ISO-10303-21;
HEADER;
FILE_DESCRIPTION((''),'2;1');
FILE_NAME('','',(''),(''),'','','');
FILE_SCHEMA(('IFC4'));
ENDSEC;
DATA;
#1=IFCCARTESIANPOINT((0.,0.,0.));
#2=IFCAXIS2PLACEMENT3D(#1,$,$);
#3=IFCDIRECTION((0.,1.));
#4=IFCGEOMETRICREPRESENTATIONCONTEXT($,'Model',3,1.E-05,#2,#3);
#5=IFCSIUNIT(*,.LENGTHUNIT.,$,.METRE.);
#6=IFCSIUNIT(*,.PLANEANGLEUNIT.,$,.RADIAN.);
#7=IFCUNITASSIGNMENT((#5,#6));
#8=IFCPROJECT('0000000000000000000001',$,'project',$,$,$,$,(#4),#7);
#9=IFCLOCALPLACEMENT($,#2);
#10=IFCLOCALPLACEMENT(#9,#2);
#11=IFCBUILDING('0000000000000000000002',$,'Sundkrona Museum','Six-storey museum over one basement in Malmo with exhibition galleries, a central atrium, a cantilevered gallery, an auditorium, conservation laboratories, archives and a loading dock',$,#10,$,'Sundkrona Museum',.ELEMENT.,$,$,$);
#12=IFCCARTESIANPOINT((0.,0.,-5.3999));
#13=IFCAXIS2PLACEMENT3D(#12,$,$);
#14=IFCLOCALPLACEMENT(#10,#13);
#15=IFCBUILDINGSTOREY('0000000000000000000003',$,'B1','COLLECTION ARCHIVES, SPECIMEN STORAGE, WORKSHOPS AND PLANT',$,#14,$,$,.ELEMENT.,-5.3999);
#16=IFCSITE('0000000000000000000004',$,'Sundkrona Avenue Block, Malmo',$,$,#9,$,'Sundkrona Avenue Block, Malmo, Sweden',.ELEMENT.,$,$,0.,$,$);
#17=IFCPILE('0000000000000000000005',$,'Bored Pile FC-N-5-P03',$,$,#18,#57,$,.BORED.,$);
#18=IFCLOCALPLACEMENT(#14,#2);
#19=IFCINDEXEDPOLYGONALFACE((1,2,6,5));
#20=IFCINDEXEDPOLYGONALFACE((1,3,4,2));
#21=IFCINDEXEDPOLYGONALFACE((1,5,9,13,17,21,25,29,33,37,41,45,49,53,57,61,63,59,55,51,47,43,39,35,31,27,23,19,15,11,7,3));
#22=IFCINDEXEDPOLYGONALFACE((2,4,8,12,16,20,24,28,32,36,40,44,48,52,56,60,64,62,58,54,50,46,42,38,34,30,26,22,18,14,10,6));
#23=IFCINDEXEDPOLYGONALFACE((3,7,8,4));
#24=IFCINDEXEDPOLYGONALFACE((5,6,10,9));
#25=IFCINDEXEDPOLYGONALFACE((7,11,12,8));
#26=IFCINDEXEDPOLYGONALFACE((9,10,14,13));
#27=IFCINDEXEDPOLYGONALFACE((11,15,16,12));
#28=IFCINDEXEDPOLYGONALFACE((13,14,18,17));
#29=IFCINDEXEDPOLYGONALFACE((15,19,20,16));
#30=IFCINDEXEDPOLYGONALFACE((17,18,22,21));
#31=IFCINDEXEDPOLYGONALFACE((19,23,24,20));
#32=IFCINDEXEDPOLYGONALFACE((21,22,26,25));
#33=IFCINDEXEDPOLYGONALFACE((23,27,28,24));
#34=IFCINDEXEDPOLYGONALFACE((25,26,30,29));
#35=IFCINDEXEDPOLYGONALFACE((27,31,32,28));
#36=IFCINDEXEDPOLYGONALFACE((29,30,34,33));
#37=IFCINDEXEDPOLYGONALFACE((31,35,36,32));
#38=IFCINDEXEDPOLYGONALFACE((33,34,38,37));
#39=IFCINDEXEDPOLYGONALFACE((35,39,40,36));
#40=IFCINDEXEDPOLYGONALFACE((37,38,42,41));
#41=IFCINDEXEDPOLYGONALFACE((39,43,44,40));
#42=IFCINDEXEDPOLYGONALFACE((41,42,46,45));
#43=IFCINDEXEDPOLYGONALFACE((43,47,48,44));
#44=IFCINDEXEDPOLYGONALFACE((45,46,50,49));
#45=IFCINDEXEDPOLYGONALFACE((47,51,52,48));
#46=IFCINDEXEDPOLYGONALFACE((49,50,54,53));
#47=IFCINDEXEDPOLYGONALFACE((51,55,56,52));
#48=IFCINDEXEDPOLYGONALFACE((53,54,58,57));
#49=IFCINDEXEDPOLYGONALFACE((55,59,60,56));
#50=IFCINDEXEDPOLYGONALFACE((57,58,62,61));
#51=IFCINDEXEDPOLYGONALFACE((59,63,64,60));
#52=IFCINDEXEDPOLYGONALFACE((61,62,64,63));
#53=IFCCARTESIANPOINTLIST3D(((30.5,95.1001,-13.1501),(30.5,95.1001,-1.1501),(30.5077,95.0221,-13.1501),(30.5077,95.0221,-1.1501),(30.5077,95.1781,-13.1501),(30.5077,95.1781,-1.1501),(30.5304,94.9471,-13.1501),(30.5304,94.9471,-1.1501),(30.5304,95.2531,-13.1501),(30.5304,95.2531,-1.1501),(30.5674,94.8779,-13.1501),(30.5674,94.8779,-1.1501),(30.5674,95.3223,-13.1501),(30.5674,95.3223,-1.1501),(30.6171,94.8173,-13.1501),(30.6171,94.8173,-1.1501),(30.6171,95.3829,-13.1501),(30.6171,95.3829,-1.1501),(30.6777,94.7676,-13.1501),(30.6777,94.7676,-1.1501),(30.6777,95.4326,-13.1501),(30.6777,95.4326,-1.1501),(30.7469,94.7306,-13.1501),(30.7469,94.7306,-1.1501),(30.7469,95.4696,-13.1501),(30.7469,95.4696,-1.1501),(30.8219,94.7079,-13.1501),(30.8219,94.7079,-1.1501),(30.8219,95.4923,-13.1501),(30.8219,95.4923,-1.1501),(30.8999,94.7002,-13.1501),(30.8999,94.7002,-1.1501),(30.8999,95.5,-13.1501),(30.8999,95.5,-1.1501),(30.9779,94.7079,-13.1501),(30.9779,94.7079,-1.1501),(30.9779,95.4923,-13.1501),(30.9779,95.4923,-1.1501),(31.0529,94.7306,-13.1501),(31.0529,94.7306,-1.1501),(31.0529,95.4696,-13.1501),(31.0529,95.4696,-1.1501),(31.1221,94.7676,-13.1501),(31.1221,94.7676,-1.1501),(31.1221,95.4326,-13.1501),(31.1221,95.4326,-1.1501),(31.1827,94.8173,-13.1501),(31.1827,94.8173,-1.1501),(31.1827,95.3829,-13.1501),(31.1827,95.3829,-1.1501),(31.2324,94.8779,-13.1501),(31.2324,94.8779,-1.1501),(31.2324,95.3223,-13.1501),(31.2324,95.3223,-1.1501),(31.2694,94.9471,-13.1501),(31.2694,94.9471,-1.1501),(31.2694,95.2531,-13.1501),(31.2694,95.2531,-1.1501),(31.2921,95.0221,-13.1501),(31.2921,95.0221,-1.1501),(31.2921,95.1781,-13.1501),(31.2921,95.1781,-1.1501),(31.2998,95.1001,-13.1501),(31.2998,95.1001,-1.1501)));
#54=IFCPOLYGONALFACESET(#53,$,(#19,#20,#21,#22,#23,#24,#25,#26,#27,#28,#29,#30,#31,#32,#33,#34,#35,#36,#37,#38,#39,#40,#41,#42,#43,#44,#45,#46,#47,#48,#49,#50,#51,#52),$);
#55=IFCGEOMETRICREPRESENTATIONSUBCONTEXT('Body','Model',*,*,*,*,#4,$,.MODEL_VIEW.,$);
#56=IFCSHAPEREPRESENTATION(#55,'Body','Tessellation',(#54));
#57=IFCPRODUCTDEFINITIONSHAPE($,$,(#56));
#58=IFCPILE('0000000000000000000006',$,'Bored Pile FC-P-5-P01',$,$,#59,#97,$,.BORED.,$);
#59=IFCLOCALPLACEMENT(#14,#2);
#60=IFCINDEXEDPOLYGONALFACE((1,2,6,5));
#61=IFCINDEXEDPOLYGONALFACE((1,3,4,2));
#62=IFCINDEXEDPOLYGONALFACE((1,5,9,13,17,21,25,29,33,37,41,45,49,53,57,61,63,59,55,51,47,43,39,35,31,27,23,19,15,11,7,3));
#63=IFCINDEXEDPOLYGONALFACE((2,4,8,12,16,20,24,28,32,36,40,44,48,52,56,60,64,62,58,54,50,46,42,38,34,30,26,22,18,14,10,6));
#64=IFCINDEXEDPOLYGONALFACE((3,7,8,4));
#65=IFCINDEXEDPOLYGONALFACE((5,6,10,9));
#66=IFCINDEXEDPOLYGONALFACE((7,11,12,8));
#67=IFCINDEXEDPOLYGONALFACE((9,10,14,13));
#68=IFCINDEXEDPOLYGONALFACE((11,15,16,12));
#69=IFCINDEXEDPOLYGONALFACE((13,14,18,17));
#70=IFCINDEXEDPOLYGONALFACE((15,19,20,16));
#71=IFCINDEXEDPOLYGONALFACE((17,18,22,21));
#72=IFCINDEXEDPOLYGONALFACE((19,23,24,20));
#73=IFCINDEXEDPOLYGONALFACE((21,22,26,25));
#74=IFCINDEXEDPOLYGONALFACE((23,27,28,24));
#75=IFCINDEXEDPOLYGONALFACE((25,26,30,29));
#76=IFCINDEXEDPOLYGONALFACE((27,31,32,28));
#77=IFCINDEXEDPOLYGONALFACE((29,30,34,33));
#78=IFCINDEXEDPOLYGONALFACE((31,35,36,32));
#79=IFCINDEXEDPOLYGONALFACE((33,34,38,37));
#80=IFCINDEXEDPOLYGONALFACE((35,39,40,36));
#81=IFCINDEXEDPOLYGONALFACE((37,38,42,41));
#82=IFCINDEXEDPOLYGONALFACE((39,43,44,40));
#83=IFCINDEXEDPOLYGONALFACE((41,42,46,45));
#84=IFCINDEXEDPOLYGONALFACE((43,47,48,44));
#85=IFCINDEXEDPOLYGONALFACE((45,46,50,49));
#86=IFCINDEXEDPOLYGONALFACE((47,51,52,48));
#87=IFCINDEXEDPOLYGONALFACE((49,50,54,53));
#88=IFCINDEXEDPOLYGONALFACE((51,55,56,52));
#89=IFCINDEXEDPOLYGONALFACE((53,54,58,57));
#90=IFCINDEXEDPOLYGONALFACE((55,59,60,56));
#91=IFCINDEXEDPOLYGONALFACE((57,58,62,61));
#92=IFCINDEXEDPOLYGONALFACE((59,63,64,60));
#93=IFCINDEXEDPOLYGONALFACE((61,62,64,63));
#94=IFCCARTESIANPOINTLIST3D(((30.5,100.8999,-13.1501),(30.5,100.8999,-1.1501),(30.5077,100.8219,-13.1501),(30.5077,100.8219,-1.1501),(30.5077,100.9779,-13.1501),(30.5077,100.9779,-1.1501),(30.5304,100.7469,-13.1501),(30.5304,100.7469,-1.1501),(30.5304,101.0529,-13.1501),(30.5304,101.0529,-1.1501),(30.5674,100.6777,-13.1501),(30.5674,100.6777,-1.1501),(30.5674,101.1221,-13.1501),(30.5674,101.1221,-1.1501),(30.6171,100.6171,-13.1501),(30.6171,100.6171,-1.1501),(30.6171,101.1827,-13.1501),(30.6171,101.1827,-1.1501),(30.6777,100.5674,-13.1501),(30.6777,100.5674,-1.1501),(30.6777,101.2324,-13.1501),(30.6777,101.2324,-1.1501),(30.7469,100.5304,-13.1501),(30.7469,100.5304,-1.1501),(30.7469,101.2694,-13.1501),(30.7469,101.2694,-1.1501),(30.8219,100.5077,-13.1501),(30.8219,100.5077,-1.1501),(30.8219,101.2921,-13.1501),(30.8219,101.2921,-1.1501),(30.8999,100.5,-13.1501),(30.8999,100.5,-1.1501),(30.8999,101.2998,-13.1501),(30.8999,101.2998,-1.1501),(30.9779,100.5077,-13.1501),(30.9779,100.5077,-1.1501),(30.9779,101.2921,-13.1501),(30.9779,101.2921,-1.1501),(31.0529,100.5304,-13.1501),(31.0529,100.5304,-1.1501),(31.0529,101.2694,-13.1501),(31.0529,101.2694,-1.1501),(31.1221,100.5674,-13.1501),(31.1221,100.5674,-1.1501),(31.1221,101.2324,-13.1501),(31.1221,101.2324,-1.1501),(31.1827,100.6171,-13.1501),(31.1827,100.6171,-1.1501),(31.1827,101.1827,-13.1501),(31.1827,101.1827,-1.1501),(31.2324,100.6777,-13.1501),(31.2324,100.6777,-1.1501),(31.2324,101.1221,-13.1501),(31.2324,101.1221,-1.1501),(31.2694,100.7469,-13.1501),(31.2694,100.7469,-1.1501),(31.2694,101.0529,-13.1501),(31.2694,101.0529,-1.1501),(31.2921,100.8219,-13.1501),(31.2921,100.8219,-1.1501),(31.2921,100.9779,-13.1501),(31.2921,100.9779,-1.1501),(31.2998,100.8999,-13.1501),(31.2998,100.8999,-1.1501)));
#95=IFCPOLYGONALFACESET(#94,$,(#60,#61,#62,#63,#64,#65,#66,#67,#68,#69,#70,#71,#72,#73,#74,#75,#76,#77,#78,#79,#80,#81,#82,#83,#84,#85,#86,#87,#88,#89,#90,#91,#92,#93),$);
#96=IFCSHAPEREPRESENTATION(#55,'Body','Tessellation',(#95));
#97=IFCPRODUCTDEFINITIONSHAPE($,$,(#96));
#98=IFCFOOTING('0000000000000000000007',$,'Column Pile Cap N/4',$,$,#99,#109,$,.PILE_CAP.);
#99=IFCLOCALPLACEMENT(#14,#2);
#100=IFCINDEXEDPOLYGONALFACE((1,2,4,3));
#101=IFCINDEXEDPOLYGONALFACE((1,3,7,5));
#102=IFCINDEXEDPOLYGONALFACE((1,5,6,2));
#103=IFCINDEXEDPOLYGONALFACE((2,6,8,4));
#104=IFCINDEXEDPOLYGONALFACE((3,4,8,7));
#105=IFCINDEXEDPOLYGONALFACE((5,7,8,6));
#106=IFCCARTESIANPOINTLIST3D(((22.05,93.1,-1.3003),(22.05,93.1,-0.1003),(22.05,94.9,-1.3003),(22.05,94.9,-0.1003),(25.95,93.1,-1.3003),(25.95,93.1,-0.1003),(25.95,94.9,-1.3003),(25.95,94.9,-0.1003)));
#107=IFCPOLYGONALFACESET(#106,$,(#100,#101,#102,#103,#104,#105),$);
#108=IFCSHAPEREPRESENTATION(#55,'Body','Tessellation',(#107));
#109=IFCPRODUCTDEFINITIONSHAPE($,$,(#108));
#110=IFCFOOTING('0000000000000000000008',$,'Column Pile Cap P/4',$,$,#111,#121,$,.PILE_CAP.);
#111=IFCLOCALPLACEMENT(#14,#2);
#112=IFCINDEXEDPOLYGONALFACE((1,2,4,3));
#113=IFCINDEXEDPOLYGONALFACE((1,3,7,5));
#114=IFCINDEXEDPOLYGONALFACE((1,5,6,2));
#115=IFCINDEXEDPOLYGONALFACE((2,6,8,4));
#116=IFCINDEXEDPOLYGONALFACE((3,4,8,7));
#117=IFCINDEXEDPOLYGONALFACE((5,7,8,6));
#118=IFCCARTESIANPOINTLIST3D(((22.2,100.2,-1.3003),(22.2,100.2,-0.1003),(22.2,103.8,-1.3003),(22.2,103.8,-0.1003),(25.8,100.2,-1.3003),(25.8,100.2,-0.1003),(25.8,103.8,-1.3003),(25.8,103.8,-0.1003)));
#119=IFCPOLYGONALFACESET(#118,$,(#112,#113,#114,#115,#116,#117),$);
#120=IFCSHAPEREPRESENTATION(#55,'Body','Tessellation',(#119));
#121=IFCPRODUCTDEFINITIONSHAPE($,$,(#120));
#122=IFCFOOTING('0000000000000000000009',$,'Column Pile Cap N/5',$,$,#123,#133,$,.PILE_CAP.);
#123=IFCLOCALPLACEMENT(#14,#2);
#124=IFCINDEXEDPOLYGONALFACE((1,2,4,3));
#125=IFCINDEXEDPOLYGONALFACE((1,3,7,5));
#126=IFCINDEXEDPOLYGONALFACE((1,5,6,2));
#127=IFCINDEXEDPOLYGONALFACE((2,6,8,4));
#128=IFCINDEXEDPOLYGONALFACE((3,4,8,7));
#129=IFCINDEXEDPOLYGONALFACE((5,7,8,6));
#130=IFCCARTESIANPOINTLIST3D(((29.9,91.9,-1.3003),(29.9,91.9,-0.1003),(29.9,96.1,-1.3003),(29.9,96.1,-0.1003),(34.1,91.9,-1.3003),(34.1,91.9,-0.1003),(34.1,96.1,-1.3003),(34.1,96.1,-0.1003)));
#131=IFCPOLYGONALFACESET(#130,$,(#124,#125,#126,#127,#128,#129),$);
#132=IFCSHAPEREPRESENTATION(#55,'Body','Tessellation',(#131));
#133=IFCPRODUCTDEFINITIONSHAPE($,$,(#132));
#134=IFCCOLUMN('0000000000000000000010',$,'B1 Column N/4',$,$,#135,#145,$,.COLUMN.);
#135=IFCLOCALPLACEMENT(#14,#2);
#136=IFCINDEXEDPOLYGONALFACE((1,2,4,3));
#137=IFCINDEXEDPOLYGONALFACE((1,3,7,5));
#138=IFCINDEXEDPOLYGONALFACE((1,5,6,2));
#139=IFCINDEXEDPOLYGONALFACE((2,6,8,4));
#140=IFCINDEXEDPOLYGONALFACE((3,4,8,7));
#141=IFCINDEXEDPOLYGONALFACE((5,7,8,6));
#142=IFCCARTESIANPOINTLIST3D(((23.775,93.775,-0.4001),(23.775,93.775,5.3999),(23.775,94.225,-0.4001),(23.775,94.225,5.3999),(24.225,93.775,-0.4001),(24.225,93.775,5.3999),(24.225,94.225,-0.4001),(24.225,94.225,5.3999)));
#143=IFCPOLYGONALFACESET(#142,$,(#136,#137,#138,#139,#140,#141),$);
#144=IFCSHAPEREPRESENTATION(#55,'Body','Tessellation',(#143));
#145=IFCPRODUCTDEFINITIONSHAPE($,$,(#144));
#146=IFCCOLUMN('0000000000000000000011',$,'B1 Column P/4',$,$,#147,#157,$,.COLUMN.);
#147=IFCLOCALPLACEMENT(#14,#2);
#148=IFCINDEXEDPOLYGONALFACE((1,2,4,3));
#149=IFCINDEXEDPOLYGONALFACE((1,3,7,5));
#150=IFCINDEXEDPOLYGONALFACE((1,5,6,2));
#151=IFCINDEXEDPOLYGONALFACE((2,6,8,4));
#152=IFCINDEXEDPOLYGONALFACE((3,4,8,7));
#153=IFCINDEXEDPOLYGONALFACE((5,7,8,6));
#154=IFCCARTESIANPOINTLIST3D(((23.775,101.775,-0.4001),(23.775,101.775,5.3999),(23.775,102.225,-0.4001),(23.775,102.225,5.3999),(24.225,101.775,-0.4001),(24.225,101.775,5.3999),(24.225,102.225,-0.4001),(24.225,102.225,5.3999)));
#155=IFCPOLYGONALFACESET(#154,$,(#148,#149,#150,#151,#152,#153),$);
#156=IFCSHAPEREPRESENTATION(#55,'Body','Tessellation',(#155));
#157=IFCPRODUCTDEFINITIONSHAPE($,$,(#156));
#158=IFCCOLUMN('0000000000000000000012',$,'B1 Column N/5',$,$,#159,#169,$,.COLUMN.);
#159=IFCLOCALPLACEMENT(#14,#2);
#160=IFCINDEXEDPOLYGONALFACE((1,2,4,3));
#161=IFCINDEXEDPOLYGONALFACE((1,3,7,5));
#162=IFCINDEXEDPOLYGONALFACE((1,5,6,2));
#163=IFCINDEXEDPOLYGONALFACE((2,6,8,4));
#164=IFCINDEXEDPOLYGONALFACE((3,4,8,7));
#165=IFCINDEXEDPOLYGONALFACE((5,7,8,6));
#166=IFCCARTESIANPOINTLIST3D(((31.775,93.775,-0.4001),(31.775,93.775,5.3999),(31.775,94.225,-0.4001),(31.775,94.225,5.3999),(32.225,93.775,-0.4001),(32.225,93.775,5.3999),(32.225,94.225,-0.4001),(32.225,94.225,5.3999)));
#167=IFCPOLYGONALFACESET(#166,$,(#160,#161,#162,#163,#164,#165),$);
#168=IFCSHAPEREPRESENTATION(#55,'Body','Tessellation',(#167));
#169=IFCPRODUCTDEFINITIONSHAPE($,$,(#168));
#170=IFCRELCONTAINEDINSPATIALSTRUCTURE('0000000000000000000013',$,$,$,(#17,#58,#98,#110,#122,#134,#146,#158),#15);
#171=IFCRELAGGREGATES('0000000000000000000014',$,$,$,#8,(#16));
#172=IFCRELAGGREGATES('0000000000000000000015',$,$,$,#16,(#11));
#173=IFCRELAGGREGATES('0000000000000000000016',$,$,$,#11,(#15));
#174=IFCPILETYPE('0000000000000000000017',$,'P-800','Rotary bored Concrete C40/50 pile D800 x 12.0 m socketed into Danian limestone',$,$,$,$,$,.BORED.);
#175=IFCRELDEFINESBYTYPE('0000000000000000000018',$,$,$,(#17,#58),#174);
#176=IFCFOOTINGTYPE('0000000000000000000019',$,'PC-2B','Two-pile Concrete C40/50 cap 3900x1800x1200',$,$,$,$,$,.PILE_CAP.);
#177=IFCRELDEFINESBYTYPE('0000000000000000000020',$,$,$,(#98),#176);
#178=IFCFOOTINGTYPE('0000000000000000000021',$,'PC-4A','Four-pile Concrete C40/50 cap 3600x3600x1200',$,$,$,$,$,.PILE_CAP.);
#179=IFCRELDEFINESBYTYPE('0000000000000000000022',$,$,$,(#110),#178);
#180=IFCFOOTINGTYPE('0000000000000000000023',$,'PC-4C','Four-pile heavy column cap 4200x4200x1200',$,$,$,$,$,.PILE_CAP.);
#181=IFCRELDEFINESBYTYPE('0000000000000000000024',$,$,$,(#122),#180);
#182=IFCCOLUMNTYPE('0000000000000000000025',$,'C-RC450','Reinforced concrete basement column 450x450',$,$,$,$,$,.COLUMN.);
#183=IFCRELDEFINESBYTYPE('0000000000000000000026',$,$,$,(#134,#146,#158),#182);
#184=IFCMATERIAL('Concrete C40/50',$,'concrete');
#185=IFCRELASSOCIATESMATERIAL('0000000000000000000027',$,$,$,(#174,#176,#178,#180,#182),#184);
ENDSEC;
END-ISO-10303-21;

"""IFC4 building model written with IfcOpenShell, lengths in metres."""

from ifc_helpers import new_model, si_unit, direction, frame, origin, origin_2d, place, context, subcontext, project, spatial, rectangle, circle, extrude, material, material_profile, profile_set, type_object, element, save


model = new_model("IFC4")

# Units and contexts
model_context = context("Model", 3, precision=1e-05, world=origin(), true_north=direction((0.0, 1.0)))
body_context = subcontext(model_context, "Body", "Model", "MODEL_VIEW")
ifc_project = project(units=[si_unit("LENGTHUNIT", "METRE"), si_unit("PLANEANGLEUNIT", "RADIAN")], contexts=[model_context])

# Site, building, storey
site_placement = place(None, origin())
site = spatial("IfcSite", under=ifc_project, at=site_placement, Name="Sundkrona Avenue Block, Malmo", LongName="Sundkrona Avenue Block, Malmo, Sweden", CompositionType="ELEMENT", RefElevation=0.0)
building_placement = place(site_placement, origin())
building = spatial("IfcBuilding", under=site, at=building_placement, Name="Sundkrona Museum", Description="Six-storey museum over one basement in Malmo with exhibition galleries, a central atrium, a cantilevered gallery, an auditorium, conservation laboratories, archives and a loading dock", LongName="Sundkrona Museum", CompositionType="ELEMENT")
storey_placement = place(building_placement, frame((0.0, 0.0, -5.3999)))
storey = spatial("IfcBuildingStorey", under=building, at=storey_placement, Name="B1", Description="COLLECTION ARCHIVES, SPECIMEN STORAGE, WORKSHOPS AND PLANT", CompositionType="ELEMENT", Elevation=-5.3999)

# Shared definitions
ifc_material_1 = material(Name="Concrete C40/50", Category="concrete")

# Piles
ifc_material_profile_1 = material_profile(ifc_material_1, circle(Radius=0.3999, at=origin_2d()), Name="PILE D800")
ifc_profile_set_1 = profile_set([ifc_material_profile_1], Name="Concrete C40/50")
pile_type = type_object("IfcPileType", Name="P-800", Description="Rotary bored Concrete C40/50 pile D800 x 12.0 m socketed into Danian limestone", PredefinedType="BORED", material=ifc_profile_set_1)
for number, where, z_axis, x_axis, name in (
    (1, (30.8999, 95.1001, -1.1501), (0.0, 0.0, -1.0), (1.0, 0.0, 0.0), "Bored Pile FC-N-5-P03"),
    (2, (30.8999, 100.8999, -1.1501), (0.0, 0.0, -1.0), (1.0, 0.0, 0.0), "Bored Pile FC-P-5-P01"),
):
    element("IfcPile", number, at=place(storey_placement, frame(where, z_axis=z_axis, x_axis=x_axis)), inside=storey, type_object=pile_type, Name=name, PredefinedType="BORED", context=body_context, shape_type="SweptSolid", body=[
        extrude(circle(Radius=0.3999, at=origin_2d()), origin(), (0.0, 0.0, 1.0), 12.0),
    ])

# Footings
footing_type_1 = type_object("IfcFootingType", Name="PC-2B", Description="Two-pile Concrete C40/50 cap 3900x1800x1200", PredefinedType="PILE_CAP", material=ifc_material_1)
footing_1_placement = place(storey_placement, frame((24.0, 94.0, -1.3003), z_axis=(0.0, 0.0, 1.0), x_axis=(1.0, 0.0, 0.0)))
element("IfcFooting", 3, at=footing_1_placement, inside=storey, type_object=footing_type_1, Name="Column Pile Cap N/4", PredefinedType="PILE_CAP", context=body_context, shape_type="SweptSolid", body=[
    extrude(rectangle(XDim=3.8999, YDim=1.8, at=origin_2d()), origin(), (0.0, 0.0, 1.0), 1.2),
])
footing_type_2 = type_object("IfcFootingType", Name="PC-4A", Description="Four-pile Concrete C40/50 cap 3600x3600x1200", PredefinedType="PILE_CAP", material=ifc_material_1)
footing_2_placement = place(storey_placement, frame((24.0, 102.0, -1.3003), z_axis=(0.0, 0.0, 1.0), x_axis=(1.0, 0.0, 0.0)))
element("IfcFooting", 4, at=footing_2_placement, inside=storey, type_object=footing_type_2, Name="Column Pile Cap P/4", PredefinedType="PILE_CAP", context=body_context, shape_type="SweptSolid", body=[
    extrude(rectangle(XDim=3.6001, YDim=3.6001, at=origin_2d()), origin(), (0.0, 0.0, 1.0), 1.2),
])
footing_type_3 = type_object("IfcFootingType", Name="PC-4C", Description="Four-pile heavy column cap 4200x4200x1200", PredefinedType="PILE_CAP", material=ifc_material_1)
footing_3_placement = place(storey_placement, frame((32.0, 94.0, -1.3003), z_axis=(0.0, 0.0, 1.0), x_axis=(1.0, 0.0, 0.0)))
element("IfcFooting", 5, at=footing_3_placement, inside=storey, type_object=footing_type_3, Name="Column Pile Cap N/5", PredefinedType="PILE_CAP", context=body_context, shape_type="SweptSolid", body=[
    extrude(rectangle(XDim=4.2, YDim=4.2, at=origin_2d()), origin(), (0.0, 0.0, 1.0), 1.2),
])

# Columns
ifc_material_profile_2 = material_profile(ifc_material_1, rectangle(XDim=0.45, YDim=0.45, at=origin_2d()), Name="RC 450x450")
ifc_profile_set_2 = profile_set([ifc_material_profile_2], Name="Concrete C40/50")
column_type = type_object("IfcColumnType", Name="C-RC450", Description="Reinforced concrete basement column 450x450", PredefinedType="COLUMN", material=ifc_profile_set_2)
for number, where, z_axis, x_axis, name in (
    (6, (24.0, 94.0, -0.4001), (0.0, 0.0, 1.0), (1.0, 0.0, 0.0), "B1 Column N/4"),
    (7, (24.0, 102.0, -0.4001), (0.0, 0.0, 1.0), (1.0, 0.0, 0.0), "B1 Column P/4"),
    (8, (32.0, 94.0, -0.4001), (0.0, 0.0, 1.0), (1.0, 0.0, 0.0), "B1 Column N/5"),
):
    element("IfcColumn", number, at=place(storey_placement, frame(where, z_axis=z_axis, x_axis=x_axis)), inside=storey, type_object=column_type, Name=name, PredefinedType="COLUMN", context=body_context, shape_type="SweptSolid", body=[
        extrude(rectangle(XDim=0.45, YDim=0.45, at=origin_2d()), origin(), (0.0, 0.0, 1.0), 5.8),
    ])

save(model, "model.ifc")
